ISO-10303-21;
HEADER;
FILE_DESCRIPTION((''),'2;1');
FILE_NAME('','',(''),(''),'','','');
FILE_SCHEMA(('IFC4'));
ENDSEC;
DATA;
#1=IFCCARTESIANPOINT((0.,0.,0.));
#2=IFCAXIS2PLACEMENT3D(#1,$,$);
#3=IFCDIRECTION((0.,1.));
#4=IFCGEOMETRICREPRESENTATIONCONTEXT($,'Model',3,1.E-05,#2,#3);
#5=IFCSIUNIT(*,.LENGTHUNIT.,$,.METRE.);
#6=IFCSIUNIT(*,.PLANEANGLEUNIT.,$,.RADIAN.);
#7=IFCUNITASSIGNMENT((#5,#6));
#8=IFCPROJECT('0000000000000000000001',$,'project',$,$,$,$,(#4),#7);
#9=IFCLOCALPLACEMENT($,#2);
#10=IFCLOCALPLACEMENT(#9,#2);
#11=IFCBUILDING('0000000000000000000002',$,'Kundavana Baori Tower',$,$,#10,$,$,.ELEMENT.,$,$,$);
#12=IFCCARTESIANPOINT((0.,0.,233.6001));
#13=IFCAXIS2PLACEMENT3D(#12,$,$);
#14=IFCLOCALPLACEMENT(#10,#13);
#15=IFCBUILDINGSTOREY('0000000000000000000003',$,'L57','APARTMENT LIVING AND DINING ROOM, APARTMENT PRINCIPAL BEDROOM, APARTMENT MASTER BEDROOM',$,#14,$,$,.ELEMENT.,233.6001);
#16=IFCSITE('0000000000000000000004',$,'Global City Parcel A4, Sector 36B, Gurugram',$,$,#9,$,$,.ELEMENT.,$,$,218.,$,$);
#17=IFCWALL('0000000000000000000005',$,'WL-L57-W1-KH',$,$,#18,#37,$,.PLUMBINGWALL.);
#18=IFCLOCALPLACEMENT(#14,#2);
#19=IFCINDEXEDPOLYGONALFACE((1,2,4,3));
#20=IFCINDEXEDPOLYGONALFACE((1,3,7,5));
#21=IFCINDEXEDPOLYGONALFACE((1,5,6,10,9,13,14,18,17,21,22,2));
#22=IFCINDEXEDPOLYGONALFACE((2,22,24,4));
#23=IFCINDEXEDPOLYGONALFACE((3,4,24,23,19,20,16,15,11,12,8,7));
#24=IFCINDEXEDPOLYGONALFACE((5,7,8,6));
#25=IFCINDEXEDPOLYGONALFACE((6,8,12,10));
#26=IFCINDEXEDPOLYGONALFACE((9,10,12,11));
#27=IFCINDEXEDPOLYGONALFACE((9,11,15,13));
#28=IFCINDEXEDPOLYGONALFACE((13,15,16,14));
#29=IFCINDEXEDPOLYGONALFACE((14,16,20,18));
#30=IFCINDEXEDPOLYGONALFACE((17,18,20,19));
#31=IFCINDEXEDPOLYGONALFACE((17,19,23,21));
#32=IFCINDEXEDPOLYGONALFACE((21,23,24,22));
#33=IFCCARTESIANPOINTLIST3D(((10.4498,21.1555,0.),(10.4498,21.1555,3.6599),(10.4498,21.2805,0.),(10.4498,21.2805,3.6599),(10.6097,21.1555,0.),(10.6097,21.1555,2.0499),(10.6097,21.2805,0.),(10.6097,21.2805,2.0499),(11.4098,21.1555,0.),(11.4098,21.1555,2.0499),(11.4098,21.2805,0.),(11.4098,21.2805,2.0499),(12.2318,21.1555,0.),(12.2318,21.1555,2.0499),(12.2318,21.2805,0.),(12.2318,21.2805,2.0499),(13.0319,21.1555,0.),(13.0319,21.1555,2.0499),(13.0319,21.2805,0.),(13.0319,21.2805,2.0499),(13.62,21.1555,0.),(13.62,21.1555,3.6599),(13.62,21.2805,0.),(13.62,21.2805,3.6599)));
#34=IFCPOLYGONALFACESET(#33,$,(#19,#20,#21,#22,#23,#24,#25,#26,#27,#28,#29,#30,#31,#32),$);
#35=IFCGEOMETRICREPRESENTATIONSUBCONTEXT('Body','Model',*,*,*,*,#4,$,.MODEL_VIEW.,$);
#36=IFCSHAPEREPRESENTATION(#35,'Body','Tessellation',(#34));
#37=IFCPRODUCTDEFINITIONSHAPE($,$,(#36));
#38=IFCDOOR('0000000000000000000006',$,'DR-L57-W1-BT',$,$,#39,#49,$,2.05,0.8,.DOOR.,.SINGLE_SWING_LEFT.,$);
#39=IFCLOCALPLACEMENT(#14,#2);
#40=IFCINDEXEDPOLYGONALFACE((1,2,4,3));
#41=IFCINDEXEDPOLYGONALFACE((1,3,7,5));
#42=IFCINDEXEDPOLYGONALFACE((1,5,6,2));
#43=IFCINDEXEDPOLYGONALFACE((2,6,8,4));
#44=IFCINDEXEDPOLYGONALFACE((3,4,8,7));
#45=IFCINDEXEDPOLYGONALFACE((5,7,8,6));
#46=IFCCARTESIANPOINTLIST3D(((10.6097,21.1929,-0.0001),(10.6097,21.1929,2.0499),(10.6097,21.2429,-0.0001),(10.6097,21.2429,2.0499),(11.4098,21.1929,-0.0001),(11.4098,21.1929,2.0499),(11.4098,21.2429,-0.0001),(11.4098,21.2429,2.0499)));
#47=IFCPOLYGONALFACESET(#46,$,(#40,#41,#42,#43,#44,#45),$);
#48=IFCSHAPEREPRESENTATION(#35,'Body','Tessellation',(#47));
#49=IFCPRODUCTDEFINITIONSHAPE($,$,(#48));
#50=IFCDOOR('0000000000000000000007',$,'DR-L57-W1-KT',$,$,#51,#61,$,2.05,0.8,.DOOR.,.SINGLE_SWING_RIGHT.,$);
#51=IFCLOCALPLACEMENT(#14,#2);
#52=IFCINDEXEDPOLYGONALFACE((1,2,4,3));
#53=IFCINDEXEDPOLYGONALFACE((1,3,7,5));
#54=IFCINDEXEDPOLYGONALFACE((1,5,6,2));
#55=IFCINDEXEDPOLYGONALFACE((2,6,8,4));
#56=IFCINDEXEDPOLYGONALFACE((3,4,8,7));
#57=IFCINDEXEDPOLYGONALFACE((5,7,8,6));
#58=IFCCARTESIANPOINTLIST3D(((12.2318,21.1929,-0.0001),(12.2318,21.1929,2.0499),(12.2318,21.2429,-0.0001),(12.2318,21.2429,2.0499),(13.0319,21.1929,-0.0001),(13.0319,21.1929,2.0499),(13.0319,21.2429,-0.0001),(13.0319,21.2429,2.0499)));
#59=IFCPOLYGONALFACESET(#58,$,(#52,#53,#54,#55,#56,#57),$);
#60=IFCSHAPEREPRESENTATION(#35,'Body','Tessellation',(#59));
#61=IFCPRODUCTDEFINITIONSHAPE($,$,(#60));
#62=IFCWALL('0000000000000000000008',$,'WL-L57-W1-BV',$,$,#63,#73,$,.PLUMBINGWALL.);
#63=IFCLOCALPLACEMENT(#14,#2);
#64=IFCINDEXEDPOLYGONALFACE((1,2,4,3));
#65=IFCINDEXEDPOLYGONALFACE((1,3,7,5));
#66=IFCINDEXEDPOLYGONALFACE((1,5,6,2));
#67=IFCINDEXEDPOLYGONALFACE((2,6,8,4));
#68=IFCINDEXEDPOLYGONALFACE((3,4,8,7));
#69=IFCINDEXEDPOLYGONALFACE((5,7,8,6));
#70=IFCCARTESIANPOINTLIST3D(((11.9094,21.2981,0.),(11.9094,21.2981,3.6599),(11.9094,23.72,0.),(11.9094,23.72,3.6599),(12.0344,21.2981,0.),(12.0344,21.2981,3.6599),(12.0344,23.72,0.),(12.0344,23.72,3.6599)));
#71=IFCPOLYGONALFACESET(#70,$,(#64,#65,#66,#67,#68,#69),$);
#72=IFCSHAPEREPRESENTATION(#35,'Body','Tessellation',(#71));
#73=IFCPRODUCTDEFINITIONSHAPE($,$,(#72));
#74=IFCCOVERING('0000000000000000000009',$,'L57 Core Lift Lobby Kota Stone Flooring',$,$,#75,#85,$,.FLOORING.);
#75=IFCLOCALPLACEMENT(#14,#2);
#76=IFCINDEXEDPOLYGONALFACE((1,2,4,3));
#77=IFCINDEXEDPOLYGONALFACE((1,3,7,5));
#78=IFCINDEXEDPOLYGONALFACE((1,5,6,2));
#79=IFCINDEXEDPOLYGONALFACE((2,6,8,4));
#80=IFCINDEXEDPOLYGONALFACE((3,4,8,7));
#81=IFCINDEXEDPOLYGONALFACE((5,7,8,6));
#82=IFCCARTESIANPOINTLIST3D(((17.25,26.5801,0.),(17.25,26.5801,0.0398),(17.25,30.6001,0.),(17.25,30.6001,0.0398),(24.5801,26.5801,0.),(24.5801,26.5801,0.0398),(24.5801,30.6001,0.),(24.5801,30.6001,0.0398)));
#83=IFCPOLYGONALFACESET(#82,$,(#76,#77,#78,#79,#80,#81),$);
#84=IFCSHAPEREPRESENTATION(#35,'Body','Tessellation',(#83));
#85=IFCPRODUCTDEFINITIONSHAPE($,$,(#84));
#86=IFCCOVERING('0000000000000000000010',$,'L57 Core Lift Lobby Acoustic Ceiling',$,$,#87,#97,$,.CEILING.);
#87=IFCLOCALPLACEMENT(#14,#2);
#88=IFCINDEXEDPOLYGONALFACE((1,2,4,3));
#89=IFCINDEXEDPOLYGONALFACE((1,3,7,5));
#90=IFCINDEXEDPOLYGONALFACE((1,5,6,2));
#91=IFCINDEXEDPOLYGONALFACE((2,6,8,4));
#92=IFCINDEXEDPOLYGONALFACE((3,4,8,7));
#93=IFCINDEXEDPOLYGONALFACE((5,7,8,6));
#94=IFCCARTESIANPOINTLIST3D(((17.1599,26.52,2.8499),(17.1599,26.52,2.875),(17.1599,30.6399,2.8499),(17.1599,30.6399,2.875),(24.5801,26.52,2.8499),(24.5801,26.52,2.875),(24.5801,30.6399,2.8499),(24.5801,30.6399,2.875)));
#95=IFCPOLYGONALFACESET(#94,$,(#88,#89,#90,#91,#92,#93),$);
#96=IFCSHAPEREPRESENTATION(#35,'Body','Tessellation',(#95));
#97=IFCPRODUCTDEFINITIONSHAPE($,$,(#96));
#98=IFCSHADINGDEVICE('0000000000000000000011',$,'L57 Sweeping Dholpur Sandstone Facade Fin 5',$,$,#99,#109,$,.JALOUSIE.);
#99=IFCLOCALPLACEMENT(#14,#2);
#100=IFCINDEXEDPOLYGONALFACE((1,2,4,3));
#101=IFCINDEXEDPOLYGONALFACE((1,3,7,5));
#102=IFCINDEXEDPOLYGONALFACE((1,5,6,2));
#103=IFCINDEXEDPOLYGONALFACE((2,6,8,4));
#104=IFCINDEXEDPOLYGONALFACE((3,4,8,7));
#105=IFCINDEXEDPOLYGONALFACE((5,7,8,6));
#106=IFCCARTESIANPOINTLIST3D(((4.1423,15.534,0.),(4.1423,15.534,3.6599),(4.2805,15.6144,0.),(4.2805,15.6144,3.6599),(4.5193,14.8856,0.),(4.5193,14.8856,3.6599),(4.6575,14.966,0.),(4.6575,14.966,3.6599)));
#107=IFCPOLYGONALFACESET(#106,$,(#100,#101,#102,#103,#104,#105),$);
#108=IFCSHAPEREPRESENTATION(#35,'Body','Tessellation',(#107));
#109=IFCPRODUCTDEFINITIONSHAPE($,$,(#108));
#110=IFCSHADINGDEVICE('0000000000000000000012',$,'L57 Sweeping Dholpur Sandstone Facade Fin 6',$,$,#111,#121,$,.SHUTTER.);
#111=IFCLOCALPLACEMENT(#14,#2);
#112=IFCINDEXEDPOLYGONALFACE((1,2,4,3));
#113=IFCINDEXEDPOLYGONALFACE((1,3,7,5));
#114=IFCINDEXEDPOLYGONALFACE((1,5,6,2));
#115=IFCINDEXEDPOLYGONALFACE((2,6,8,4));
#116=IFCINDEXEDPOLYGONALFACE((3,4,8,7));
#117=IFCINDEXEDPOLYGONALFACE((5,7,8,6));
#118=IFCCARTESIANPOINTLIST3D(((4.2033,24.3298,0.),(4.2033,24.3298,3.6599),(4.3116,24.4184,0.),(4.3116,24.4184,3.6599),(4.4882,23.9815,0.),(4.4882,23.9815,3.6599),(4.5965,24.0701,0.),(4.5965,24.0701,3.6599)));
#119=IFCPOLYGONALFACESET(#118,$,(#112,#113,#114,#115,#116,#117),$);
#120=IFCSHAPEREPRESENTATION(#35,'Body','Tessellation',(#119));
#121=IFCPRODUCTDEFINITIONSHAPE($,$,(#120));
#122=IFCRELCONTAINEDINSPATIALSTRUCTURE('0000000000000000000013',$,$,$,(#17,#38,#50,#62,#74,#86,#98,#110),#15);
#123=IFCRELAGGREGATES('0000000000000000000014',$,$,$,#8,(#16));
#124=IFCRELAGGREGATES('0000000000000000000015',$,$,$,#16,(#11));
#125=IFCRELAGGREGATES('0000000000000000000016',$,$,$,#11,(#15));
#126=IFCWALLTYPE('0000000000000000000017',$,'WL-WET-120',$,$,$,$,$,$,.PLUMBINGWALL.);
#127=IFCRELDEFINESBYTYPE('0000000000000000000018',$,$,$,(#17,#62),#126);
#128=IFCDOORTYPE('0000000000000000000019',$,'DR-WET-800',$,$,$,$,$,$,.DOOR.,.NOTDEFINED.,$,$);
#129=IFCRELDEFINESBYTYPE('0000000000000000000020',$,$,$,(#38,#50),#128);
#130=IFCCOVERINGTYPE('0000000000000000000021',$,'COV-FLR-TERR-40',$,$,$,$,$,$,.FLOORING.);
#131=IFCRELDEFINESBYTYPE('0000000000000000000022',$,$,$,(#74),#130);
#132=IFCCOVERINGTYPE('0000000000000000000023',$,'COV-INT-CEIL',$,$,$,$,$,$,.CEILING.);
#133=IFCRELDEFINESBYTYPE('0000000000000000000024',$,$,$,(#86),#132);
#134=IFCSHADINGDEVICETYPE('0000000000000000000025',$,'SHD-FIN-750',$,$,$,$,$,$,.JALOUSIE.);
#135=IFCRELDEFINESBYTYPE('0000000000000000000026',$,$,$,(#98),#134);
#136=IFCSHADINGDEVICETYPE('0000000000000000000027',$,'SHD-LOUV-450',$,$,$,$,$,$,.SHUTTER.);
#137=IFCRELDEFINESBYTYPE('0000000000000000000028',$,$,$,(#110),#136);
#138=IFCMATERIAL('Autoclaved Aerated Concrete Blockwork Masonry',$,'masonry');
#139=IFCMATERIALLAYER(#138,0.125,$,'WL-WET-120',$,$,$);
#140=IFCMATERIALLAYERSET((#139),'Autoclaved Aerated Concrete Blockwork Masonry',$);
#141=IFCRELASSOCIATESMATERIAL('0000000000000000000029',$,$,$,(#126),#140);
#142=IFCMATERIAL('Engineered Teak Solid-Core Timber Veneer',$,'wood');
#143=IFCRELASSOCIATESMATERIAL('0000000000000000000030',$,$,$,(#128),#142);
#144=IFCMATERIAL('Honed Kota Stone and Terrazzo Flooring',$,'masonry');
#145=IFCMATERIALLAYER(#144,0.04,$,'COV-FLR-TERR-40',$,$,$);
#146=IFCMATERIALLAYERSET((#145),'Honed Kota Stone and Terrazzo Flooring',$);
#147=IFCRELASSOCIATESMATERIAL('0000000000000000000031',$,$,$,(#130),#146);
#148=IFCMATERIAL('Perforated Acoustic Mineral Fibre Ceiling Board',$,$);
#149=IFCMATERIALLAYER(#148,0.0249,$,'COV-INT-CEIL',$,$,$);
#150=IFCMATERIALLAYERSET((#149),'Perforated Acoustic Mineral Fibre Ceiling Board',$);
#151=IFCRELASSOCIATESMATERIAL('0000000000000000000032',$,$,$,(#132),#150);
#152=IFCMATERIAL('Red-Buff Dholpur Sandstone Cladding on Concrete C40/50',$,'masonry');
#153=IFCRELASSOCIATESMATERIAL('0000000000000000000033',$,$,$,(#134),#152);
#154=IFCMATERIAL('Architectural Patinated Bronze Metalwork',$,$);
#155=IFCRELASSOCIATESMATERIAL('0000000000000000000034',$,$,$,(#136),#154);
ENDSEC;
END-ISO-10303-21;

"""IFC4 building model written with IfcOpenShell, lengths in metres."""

from ifc_helpers import new_model, si_unit, direction, frame, frame_2d, origin, origin_2d, place, context, subcontext, project, spatial, polyline, rectangle, outline, extrude, material, layer, layer_set, type_object, element, fill, save


model = new_model("IFC4")

# Units and contexts
model_context = context("Model", 3, precision=1e-05, world=origin(), true_north=direction((0.0, 1.0)))
body_context = subcontext(model_context, "Body", "Model", "MODEL_VIEW")
ifc_project = project(units=[si_unit("LENGTHUNIT", "METRE"), si_unit("PLANEANGLEUNIT", "RADIAN")], contexts=[model_context])

# Site, building, storey
site_placement = place(None, origin())
site = spatial("IfcSite", under=ifc_project, at=site_placement, Name="Global City Parcel A4, Sector 36B, Gurugram", CompositionType="ELEMENT", RefElevation=218.0)
building_placement = place(site_placement, origin())
building = spatial("IfcBuilding", under=site, at=building_placement, Name="Kundavana Baori Tower", CompositionType="ELEMENT")
storey_placement = place(building_placement, frame((0.0, 0.0, 233.6001)))
storey = spatial("IfcBuildingStorey", under=building, at=storey_placement, Name="L57", Description="APARTMENT LIVING AND DINING ROOM, APARTMENT PRINCIPAL BEDROOM, APARTMENT MASTER BEDROOM", CompositionType="ELEMENT", Elevation=233.6001)

# Wall, openings, doors
ifc_material_1 = material(Name="Autoclaved Aerated Concrete Blockwork Masonry", Category="masonry")
ifc_layer_1 = layer(ifc_material_1, 0.125, Name="WL-WET-120")
ifc_layer_set_1 = layer_set([ifc_layer_1], Name="Autoclaved Aerated Concrete Blockwork Masonry")
wall_type_1 = type_object("IfcWallType", Name="WL-WET-120", PredefinedType="PLUMBINGWALL", material=ifc_layer_set_1)
wall_1_placement = place(storey_placement, frame((10.45, 21.218, 0.0), z_axis=(0.0, 0.0, 1.0), x_axis=(1.0, 0.0, 0.0)))
wall_1 = element("IfcWall", 1, at=wall_1_placement, inside=storey, type_object=wall_type_1, Name="WL-L57-W1-KH", PredefinedType="PLUMBINGWALL", context=body_context, shape_type="SweptSolid", body=[
    extrude(rectangle(XDim=3.1702, YDim=0.125, at=frame_2d((1.585, 0.0))), origin(), (0.0, 0.0, 1.0), 3.6599),
])
opening_1_placement = place(wall_1_placement, frame((0.1599, 0.0, 0.0)))
opening_1 = element("IfcOpeningElement", 2, at=opening_1_placement, cuts=wall_1, PredefinedType="OPENING", context=body_context, shape_type="SweptSolid", body=[
    extrude(rectangle(XDim=0.8, YDim=2.05, at=frame_2d((0.3999, 1.0249))), frame((0.0, 0.0725, 0.0), z_axis=(0.0, -1.0, 0.0), x_axis=(1.0, 0.0, 0.0)), (0.0, 0.0, 1.0), 0.145),
])
opening_2_placement = place(wall_1_placement, frame((1.782, 0.0, 0.0)))
opening_2 = element("IfcOpeningElement", 3, at=opening_2_placement, cuts=wall_1, PredefinedType="OPENING", context=body_context, shape_type="SweptSolid", body=[
    extrude(rectangle(XDim=0.8, YDim=2.05, at=frame_2d((0.3999, 1.0249))), frame((0.0, 0.0725, 0.0), z_axis=(0.0, -1.0, 0.0), x_axis=(1.0, 0.0, 0.0)), (0.0, 0.0, 1.0), 0.145),
])
ifc_material_2 = material(Name="Engineered Teak Solid-Core Timber Veneer", Category="wood")
door_type_1 = type_object("IfcDoorType", Name="DR-WET-800", OperationType="NOTDEFINED", PredefinedType="DOOR", material=ifc_material_2)
door_1_placement = place(opening_1_placement, origin())
door_1 = element("IfcDoor", 4, at=door_1_placement, inside=storey, type_object=door_type_1, Name="DR-L57-W1-BT", OperationType="SINGLE_SWING_LEFT", OverallHeight=2.05, OverallWidth=0.8, PredefinedType="DOOR", context=body_context, shape_type="SweptSolid", body=[
    extrude(rectangle(XDim=0.8, YDim=2.05, at=frame_2d((0.3999, 1.0249))), frame((0.0, 0.0249, 0.0), z_axis=(0.0, -1.0, 0.0), x_axis=(1.0, 0.0, 0.0)), (0.0, 0.0, 1.0), 0.05),
])
fill(opening_1, door_1)
door_2_placement = place(opening_2_placement, origin())
door_2 = element("IfcDoor", 5, at=door_2_placement, inside=storey, type_object=door_type_1, Name="DR-L57-W1-KT", OperationType="SINGLE_SWING_RIGHT", OverallHeight=2.05, OverallWidth=0.8, PredefinedType="DOOR", context=body_context, shape_type="SweptSolid", body=[
    extrude(rectangle(XDim=0.8, YDim=2.05, at=frame_2d((0.3999, 1.0249))), frame((0.0, 0.0249, 0.0), z_axis=(0.0, -1.0, 0.0), x_axis=(1.0, 0.0, 0.0)), (0.0, 0.0, 1.0), 0.05),
])
fill(opening_2, door_2)

# Wall
wall_2_placement = place(storey_placement, frame((11.9719, 21.2981, 0.0), z_axis=(0.0, 0.0, 1.0), x_axis=(0.0, 1.0, 0.0)))
element("IfcWall", 6, at=wall_2_placement, inside=storey, type_object=wall_type_1, Name="WL-L57-W1-BV", PredefinedType="PLUMBINGWALL", context=body_context, shape_type="SweptSolid", body=[
    extrude(rectangle(XDim=2.4219, YDim=0.125, at=frame_2d((1.2109, 0.0))), origin(), (0.0, 0.0, 1.0), 3.6599),
])

# Coverings
ifc_material_3 = material(Name="Honed Kota Stone and Terrazzo Flooring", Category="masonry")
ifc_layer_2 = layer(ifc_material_3, 0.04, Name="COV-FLR-TERR-40")
ifc_layer_set_2 = layer_set([ifc_layer_2], Name="Honed Kota Stone and Terrazzo Flooring")
covering_type_1 = type_object("IfcCoveringType", Name="COV-FLR-TERR-40", PredefinedType="FLOORING", material=ifc_layer_set_2)
covering_1_placement = place(storey_placement, origin())
element("IfcCovering", 7, at=covering_1_placement, inside=storey, type_object=covering_type_1, Name="L57 Core Lift Lobby Kota Stone Flooring", PredefinedType="FLOORING", context=body_context, shape_type="SweptSolid", body=[
    extrude(outline(polyline([(17.25, 26.5801), (24.5801, 26.5801), (24.5801, 30.6001), (17.25, 30.6001), (17.25, 26.5801)])), origin(), (0.0, 0.0, 1.0), 0.0398),
])
ifc_material_4 = material(Name="Perforated Acoustic Mineral Fibre Ceiling Board")
ifc_layer_3 = layer(ifc_material_4, 0.0249, Name="COV-INT-CEIL")
ifc_layer_set_3 = layer_set([ifc_layer_3], Name="Perforated Acoustic Mineral Fibre Ceiling Board")
covering_type_2 = type_object("IfcCoveringType", Name="COV-INT-CEIL", PredefinedType="CEILING", material=ifc_layer_set_3)
covering_2_placement = place(storey_placement, frame((0.0, 0.0, 2.8499)))
element("IfcCovering", 8, at=covering_2_placement, inside=storey, type_object=covering_type_2, Name="L57 Core Lift Lobby Acoustic Ceiling", PredefinedType="CEILING", context=body_context, shape_type="SweptSolid", body=[
    extrude(outline(polyline([(17.1599, 26.52), (24.5801, 26.52), (24.5801, 30.6399), (17.1599, 30.6399), (17.1599, 26.52)])), origin(), (0.0, 0.0, 1.0), 0.0251),
])

# Shading devices
ifc_material_5 = material(Name="Red-Buff Dholpur Sandstone Cladding on Concrete C40/50", Category="masonry")
shading_device_type_1 = type_object("IfcShadingDeviceType", Name="SHD-FIN-750", PredefinedType="JALOUSIE", material=ifc_material_5)
shading_device_1_placement = place(storey_placement, frame((4.3999, 15.25, 0.0), z_axis=(0.0, 0.0, 1.0), x_axis=(0.86445, 0.502718, 0.0)))
element("IfcShadingDevice", 9, at=shading_device_1_placement, inside=storey, type_object=shading_device_type_1, Name="L57 Sweeping Dholpur Sandstone Facade Fin 5", PredefinedType="JALOUSIE", context=body_context, shape_type="SweptSolid", body=[
    extrude(rectangle(XDim=0.1599, YDim=0.75, at=origin_2d()), origin(), (0.0, 0.0, 1.0), 3.6599),
])
ifc_material_6 = material(Name="Architectural Patinated Bronze Metalwork")
shading_device_type_2 = type_object("IfcShadingDeviceType", Name="SHD-LOUV-450", PredefinedType="SHUTTER", material=ifc_material_6)
shading_device_2_placement = place(storey_placement, frame((4.3999, 24.2, 0.0), z_axis=(0.0, 0.0, 1.0), x_axis=(0.773951, 0.633246, 0.0)))
element("IfcShadingDevice", 10, at=shading_device_2_placement, inside=storey, type_object=shading_device_type_2, Name="L57 Sweeping Dholpur Sandstone Facade Fin 6", PredefinedType="SHUTTER", context=body_context, shape_type="SweptSolid", body=[
    extrude(rectangle(XDim=0.1399, YDim=0.45, at=origin_2d()), origin(), (0.0, 0.0, 1.0), 3.6599),
])

save(model, "model.ifc")
